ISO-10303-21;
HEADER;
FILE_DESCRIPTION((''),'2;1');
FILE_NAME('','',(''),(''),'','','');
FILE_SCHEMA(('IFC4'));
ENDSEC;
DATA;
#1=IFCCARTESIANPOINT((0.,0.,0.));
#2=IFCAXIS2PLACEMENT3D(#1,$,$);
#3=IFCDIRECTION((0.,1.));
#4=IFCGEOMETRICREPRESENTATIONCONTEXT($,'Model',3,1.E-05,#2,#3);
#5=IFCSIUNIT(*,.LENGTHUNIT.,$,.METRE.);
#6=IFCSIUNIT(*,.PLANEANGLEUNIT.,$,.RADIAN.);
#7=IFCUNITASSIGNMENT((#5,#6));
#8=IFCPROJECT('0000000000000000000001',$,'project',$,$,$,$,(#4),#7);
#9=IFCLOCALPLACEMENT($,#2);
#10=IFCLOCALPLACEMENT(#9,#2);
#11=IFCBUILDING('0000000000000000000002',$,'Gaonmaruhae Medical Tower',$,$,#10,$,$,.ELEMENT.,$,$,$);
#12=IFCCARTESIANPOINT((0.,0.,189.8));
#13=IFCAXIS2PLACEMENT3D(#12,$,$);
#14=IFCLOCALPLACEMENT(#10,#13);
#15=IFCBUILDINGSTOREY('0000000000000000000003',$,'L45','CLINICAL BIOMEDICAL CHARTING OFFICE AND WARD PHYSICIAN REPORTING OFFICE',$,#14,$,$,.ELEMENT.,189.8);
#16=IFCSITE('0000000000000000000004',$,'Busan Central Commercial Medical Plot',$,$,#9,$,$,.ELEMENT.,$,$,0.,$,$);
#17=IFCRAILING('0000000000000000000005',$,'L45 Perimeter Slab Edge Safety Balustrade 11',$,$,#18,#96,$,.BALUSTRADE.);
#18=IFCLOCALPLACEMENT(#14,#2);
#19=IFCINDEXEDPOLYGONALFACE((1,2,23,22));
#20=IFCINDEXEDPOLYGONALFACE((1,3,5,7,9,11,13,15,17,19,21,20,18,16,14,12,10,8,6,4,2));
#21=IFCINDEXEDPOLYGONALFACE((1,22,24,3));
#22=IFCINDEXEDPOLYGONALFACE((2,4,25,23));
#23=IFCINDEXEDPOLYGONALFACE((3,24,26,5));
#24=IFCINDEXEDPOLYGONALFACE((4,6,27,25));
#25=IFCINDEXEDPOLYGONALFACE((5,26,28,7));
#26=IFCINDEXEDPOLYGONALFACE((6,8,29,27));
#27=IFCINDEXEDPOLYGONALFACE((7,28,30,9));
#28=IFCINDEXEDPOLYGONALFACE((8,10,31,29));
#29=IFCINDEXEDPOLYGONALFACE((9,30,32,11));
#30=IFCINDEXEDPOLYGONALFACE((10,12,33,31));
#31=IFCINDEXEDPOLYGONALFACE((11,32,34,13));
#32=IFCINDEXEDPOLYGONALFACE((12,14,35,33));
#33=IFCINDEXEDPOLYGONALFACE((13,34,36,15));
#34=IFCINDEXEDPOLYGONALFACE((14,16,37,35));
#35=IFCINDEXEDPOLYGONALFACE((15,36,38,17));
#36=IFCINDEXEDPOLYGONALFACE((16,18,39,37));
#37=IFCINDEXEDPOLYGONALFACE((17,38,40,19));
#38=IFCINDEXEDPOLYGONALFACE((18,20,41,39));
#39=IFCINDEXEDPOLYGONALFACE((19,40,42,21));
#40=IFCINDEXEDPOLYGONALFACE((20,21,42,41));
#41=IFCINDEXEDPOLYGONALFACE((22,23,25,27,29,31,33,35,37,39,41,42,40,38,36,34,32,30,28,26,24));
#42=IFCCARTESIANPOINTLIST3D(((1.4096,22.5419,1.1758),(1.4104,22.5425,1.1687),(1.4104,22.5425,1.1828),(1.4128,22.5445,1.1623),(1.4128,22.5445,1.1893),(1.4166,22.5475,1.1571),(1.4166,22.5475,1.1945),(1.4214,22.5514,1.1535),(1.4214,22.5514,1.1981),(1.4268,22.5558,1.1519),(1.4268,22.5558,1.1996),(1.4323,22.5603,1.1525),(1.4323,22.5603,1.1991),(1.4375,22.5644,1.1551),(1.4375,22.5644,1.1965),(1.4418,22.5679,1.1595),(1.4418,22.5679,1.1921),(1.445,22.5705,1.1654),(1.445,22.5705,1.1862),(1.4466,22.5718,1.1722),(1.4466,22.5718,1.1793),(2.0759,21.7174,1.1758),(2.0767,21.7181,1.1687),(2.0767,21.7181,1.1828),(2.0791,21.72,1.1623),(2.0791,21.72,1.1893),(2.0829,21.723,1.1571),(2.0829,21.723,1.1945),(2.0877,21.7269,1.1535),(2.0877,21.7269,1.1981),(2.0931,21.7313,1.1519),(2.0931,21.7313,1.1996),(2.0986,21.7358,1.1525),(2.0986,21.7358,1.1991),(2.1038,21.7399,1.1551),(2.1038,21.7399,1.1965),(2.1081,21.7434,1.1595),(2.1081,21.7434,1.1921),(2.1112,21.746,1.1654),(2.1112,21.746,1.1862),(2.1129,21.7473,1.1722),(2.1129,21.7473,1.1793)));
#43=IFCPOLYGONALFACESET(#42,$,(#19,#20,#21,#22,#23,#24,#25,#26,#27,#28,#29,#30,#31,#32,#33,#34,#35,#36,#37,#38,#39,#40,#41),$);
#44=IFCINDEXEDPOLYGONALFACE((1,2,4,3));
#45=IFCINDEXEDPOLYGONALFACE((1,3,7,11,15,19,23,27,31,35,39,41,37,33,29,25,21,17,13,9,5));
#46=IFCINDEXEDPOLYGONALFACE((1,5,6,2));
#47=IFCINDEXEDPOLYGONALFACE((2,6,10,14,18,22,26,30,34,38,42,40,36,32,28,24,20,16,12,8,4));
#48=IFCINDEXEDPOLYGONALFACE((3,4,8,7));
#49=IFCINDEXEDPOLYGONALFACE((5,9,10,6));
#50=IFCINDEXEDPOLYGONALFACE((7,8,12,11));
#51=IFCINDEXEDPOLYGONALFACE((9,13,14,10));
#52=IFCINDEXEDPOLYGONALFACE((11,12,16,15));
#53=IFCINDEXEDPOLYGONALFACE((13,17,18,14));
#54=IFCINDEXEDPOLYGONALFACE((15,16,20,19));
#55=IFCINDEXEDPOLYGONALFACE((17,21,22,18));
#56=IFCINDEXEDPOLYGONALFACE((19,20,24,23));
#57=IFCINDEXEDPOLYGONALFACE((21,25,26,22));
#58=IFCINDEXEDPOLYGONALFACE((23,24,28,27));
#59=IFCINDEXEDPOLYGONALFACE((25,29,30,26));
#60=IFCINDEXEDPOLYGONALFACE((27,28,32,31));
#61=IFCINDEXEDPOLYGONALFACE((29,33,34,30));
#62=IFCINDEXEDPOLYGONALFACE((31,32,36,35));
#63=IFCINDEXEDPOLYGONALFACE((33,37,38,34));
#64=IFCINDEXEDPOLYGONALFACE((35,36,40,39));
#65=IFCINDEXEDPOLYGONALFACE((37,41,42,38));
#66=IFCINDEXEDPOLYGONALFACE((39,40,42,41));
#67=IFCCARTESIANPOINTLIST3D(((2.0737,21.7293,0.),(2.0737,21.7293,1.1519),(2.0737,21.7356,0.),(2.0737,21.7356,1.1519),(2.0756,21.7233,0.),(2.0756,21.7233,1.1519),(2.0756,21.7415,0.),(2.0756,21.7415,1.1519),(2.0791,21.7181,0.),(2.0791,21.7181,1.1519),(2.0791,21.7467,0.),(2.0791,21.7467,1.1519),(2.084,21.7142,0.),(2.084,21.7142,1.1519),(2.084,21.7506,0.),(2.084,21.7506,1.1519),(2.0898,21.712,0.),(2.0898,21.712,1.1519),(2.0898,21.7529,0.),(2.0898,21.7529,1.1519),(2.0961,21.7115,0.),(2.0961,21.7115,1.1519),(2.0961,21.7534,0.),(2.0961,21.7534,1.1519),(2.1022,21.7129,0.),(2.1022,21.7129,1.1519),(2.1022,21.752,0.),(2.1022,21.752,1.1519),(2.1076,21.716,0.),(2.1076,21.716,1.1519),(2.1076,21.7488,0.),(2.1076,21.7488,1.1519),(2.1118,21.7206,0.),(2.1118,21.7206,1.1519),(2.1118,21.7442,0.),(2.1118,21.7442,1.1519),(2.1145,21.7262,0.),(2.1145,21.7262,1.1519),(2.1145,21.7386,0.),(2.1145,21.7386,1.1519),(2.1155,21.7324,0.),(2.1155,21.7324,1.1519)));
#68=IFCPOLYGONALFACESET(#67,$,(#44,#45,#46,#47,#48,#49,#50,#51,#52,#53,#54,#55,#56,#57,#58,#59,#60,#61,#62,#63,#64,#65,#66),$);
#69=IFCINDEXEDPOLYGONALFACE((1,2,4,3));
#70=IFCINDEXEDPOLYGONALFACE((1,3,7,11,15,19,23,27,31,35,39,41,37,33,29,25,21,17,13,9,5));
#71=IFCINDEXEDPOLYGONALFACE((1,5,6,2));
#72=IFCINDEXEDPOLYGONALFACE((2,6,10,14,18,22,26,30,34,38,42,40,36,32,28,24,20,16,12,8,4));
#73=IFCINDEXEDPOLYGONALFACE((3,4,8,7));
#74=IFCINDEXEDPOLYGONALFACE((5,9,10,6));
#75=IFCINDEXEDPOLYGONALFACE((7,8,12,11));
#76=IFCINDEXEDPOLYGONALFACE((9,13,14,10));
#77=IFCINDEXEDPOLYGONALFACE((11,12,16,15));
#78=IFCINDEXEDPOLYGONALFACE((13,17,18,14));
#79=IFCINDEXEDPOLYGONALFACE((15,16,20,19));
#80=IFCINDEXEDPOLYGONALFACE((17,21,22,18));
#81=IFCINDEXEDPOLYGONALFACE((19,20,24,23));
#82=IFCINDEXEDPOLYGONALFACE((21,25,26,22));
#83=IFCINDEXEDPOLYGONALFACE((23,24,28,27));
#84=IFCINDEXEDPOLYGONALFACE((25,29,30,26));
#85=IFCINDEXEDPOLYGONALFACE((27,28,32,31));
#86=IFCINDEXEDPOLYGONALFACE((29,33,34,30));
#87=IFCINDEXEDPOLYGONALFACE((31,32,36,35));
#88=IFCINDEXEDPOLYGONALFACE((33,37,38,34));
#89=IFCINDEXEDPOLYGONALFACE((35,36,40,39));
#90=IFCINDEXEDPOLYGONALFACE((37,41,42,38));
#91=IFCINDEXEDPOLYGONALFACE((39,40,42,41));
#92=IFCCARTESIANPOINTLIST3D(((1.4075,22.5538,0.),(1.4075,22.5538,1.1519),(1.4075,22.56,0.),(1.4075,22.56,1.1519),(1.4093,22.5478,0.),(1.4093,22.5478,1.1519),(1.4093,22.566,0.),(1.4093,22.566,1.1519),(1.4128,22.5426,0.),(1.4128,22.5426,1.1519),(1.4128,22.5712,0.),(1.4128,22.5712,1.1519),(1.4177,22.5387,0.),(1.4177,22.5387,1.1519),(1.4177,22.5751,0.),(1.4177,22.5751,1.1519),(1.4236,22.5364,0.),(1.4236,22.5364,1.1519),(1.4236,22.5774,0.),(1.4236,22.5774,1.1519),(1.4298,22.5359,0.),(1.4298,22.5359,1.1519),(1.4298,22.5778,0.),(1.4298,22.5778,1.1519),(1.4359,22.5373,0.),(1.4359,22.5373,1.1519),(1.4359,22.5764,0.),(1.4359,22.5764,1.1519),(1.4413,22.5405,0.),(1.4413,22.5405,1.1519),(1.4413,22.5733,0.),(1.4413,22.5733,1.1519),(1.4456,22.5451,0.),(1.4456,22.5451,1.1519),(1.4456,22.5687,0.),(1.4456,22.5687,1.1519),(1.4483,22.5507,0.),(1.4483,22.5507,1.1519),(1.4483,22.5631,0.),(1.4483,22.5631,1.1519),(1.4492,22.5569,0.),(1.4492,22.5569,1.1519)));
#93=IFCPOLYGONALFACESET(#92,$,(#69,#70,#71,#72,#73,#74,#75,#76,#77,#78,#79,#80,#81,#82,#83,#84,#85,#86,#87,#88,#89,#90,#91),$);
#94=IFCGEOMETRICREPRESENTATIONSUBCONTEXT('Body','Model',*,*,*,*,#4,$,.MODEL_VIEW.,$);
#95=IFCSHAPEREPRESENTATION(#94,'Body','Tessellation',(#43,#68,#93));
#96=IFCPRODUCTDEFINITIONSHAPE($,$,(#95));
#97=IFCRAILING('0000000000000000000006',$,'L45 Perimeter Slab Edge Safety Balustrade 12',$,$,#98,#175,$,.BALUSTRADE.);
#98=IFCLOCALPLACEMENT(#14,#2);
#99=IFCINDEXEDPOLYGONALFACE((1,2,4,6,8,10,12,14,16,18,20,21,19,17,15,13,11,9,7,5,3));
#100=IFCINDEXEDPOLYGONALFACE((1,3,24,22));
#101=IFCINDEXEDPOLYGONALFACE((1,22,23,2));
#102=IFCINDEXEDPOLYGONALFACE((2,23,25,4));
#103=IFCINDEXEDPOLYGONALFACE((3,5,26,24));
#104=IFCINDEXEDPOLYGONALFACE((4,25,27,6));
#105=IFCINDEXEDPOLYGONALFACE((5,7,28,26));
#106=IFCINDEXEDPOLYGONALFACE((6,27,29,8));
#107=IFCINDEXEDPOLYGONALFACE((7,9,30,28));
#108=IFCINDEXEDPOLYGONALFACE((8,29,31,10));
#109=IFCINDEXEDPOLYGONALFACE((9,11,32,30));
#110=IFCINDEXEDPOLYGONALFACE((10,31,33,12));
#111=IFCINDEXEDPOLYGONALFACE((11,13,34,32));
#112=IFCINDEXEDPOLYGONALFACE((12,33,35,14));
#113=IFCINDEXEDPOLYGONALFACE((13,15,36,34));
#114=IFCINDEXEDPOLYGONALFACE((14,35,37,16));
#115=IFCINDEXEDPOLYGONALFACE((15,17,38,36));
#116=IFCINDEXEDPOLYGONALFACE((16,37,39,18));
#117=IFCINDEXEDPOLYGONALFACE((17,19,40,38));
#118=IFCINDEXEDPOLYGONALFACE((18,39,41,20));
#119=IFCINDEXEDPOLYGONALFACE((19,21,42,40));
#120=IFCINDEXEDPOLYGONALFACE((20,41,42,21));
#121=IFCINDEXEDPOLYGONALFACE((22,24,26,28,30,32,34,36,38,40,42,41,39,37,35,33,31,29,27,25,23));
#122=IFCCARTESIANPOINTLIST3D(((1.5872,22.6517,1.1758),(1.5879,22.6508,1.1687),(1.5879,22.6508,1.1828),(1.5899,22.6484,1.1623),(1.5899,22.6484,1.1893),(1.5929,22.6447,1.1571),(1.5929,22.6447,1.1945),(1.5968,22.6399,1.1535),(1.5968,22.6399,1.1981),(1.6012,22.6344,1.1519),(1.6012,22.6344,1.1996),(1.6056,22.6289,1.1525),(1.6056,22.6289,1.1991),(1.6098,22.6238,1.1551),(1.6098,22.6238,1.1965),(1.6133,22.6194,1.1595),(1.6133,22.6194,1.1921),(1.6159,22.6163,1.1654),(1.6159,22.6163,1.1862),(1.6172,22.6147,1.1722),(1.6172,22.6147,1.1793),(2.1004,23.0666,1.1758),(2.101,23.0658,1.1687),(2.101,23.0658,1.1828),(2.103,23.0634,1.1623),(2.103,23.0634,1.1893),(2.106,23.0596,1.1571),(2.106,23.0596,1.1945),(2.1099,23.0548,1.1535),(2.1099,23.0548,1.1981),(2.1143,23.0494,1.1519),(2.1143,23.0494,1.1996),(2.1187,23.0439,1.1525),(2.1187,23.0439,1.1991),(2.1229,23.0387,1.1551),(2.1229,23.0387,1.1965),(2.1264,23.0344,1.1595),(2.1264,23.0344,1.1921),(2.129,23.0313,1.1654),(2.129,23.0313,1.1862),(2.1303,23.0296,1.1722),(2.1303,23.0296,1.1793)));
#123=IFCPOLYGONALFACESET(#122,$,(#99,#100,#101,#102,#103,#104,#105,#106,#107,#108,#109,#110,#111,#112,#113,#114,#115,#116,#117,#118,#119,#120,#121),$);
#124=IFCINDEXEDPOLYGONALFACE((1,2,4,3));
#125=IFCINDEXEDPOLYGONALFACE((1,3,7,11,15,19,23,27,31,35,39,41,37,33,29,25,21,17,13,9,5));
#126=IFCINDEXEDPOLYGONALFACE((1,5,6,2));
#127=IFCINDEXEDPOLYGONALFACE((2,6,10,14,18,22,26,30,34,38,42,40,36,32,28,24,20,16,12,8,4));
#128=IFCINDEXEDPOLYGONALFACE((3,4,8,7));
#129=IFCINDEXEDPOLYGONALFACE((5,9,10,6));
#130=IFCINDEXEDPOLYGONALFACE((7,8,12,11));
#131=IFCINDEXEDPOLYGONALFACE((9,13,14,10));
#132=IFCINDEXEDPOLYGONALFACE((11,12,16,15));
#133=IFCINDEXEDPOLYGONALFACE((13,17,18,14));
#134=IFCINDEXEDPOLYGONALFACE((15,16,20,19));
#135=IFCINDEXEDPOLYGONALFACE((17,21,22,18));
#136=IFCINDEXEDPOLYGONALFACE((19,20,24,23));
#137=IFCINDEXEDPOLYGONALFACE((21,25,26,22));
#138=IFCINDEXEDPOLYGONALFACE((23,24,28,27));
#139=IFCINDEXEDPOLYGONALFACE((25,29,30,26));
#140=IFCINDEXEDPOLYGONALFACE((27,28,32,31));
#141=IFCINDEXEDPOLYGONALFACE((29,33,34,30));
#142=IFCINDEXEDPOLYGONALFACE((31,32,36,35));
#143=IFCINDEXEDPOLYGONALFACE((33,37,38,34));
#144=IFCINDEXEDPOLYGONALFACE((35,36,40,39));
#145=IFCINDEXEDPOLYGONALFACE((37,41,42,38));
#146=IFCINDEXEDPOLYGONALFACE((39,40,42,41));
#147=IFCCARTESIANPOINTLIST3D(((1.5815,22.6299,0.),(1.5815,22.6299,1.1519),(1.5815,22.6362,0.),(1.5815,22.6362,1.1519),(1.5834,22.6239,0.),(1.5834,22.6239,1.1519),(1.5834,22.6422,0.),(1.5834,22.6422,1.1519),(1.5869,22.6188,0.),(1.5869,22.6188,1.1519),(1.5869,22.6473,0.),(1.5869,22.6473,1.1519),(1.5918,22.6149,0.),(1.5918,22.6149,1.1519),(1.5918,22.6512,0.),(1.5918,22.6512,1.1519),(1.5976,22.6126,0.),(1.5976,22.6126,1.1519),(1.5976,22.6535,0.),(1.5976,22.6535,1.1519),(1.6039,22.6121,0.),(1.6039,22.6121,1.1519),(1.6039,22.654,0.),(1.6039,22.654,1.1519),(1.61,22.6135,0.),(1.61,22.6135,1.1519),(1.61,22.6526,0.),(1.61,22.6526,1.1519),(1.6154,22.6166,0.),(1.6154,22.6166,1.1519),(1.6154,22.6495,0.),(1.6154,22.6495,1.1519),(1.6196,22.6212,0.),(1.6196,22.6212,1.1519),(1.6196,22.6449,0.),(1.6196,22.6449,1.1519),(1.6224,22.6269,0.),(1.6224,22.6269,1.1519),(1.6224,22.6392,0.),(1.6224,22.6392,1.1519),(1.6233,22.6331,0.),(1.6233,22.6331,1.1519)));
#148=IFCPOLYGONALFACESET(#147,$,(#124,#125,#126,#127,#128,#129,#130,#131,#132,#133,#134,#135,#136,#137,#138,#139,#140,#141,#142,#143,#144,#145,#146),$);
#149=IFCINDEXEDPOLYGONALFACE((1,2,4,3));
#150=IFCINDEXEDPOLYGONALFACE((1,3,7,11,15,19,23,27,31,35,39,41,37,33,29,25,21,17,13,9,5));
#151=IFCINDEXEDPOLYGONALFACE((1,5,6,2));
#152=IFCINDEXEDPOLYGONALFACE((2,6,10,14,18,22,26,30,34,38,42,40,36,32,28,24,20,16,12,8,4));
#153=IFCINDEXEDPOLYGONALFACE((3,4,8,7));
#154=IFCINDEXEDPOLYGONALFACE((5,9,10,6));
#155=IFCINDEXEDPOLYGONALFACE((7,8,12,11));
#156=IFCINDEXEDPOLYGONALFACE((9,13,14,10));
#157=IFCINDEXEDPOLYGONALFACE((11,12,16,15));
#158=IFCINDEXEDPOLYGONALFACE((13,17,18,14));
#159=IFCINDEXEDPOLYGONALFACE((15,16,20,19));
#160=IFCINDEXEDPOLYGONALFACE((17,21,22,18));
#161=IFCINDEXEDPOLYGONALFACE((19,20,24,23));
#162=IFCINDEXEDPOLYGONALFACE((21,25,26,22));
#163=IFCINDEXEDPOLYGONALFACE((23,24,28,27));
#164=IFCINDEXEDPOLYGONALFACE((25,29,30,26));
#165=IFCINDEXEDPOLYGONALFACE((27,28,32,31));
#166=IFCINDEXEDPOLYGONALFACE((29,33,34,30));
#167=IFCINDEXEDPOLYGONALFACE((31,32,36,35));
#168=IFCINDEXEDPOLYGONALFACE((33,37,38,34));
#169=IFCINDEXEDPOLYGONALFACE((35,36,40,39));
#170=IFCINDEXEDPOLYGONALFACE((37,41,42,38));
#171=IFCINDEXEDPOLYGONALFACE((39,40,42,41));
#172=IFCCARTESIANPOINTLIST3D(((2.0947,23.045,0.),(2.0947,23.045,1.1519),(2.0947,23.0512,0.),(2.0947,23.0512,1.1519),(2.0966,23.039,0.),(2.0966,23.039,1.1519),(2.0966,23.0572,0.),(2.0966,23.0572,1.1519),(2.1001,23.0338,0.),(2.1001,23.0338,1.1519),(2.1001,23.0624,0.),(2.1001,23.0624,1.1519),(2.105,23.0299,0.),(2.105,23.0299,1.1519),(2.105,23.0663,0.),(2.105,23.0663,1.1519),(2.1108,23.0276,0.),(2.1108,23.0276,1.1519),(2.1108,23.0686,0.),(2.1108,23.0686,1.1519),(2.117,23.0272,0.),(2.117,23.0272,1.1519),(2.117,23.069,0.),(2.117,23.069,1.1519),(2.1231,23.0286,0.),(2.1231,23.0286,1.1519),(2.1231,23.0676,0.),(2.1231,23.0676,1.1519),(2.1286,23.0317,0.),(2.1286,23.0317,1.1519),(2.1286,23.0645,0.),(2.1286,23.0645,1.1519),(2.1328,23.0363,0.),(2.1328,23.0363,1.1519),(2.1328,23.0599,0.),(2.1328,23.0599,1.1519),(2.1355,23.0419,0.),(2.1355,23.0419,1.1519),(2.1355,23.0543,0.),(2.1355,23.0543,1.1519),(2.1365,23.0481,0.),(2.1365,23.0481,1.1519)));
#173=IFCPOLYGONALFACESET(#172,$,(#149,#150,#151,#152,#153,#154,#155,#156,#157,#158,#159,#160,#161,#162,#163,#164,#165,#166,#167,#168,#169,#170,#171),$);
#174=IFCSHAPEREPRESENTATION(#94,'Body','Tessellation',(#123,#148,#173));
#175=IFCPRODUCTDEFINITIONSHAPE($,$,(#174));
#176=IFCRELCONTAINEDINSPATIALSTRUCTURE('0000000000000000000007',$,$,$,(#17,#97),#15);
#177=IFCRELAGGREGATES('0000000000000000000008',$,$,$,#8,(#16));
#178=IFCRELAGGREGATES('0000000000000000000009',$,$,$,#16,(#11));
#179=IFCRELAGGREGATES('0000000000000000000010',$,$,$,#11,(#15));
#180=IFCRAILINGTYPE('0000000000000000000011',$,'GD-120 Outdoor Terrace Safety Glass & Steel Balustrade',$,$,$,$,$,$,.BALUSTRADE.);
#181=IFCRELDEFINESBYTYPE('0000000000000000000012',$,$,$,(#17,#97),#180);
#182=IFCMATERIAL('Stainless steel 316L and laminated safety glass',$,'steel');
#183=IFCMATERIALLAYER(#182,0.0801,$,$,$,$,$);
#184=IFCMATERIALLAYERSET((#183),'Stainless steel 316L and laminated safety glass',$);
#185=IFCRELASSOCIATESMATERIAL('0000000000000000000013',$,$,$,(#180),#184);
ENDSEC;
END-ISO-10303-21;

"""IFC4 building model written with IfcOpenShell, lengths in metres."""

from ifc_helpers import new_model, si_unit, direction, frame, origin, origin_2d, place, context, subcontext, project, spatial, circle, extrude, material, layer, layer_set, type_object, element, save


model = new_model("IFC4")

# Units and contexts
model_context = context("Model", 3, precision=1e-05, world=origin(), true_north=direction((0.0, 1.0)))
body_context = subcontext(model_context, "Body", "Model", "MODEL_VIEW")
ifc_project = project(units=[si_unit("LENGTHUNIT", "METRE"), si_unit("PLANEANGLEUNIT", "RADIAN")], contexts=[model_context])

# Site, building, storey
site_placement = place(None, origin())
site = spatial("IfcSite", under=ifc_project, at=site_placement, Name="Busan Central Commercial Medical Plot", CompositionType="ELEMENT", RefElevation=0.0)
building_placement = place(site_placement, origin())
building = spatial("IfcBuilding", under=site, at=building_placement, Name="Gaonmaruhae Medical Tower", CompositionType="ELEMENT")
storey_placement = place(building_placement, frame((0.0, 0.0, 189.8)))
storey = spatial("IfcBuildingStorey", under=building, at=storey_placement, Name="L45", Description="CLINICAL BIOMEDICAL CHARTING OFFICE AND WARD PHYSICIAN REPORTING OFFICE", CompositionType="ELEMENT", Elevation=189.8)

# Railings
ifc_material_1 = material(Name="Stainless steel 316L and laminated safety glass", Category="steel")
ifc_layer_1 = layer(ifc_material_1, 0.0801)
ifc_layer_set_1 = layer_set([ifc_layer_1], Name="Stainless steel 316L and laminated safety glass")
railing_type = type_object("IfcRailingType", Name="GD-120 Outdoor Terrace Safety Glass & Steel Balustrade", PredefinedType="BALUSTRADE", material=ifc_layer_set_1)
railing_1_placement = place(storey_placement, frame((2.0945, 21.7324, 0.0)))
element("IfcRailing", 1, at=railing_1_placement, inside=storey, type_object=railing_type, Name="L45 Perimeter Slab Edge Safety Balustrade 11", PredefinedType="BALUSTRADE", context=body_context, shape_type="SweptSolid", body=[
    extrude(circle(Radius=0.0239, at=origin_2d()), frame((0.0, 0.0, 1.1758), z_axis=(-0.628535, 0.777781, 0.0), x_axis=(-0.777781, -0.628535, 0.0)), (0.0, 0.0, 1.0), 1.0601),
    extrude(circle(Radius=0.021, at=origin_2d()), origin(), (0.0, 0.0, 1.0), 1.1519),
    extrude(circle(Radius=0.021, at=origin_2d()), frame((-0.6663, 0.8245, 0.0)), (0.0, 0.0, 1.0), 1.1519),
])
railing_2_placement = place(storey_placement, frame((1.6023, 22.6331, 0.0)))
element("IfcRailing", 2, at=railing_2_placement, inside=storey, type_object=railing_type, Name="L45 Perimeter Slab Edge Safety Balustrade 12", PredefinedType="BALUSTRADE", context=body_context, shape_type="SweptSolid", body=[
    extrude(circle(Radius=0.0239, at=origin_2d()), frame((0.0, 0.0, 1.1758), z_axis=(0.777538, 0.628836, 0.0), x_axis=(-0.628836, 0.777538, 0.0)), (0.0, 0.0, 1.0), 0.6599),
    extrude(circle(Radius=0.021, at=origin_2d()), origin(), (0.0, 0.0, 1.0), 1.1519),
    extrude(circle(Radius=0.021, at=origin_2d()), frame((0.5132, 0.415, 0.0)), (0.0, 0.0, 1.0), 1.1519),
])

save(model, "model.ifc")
